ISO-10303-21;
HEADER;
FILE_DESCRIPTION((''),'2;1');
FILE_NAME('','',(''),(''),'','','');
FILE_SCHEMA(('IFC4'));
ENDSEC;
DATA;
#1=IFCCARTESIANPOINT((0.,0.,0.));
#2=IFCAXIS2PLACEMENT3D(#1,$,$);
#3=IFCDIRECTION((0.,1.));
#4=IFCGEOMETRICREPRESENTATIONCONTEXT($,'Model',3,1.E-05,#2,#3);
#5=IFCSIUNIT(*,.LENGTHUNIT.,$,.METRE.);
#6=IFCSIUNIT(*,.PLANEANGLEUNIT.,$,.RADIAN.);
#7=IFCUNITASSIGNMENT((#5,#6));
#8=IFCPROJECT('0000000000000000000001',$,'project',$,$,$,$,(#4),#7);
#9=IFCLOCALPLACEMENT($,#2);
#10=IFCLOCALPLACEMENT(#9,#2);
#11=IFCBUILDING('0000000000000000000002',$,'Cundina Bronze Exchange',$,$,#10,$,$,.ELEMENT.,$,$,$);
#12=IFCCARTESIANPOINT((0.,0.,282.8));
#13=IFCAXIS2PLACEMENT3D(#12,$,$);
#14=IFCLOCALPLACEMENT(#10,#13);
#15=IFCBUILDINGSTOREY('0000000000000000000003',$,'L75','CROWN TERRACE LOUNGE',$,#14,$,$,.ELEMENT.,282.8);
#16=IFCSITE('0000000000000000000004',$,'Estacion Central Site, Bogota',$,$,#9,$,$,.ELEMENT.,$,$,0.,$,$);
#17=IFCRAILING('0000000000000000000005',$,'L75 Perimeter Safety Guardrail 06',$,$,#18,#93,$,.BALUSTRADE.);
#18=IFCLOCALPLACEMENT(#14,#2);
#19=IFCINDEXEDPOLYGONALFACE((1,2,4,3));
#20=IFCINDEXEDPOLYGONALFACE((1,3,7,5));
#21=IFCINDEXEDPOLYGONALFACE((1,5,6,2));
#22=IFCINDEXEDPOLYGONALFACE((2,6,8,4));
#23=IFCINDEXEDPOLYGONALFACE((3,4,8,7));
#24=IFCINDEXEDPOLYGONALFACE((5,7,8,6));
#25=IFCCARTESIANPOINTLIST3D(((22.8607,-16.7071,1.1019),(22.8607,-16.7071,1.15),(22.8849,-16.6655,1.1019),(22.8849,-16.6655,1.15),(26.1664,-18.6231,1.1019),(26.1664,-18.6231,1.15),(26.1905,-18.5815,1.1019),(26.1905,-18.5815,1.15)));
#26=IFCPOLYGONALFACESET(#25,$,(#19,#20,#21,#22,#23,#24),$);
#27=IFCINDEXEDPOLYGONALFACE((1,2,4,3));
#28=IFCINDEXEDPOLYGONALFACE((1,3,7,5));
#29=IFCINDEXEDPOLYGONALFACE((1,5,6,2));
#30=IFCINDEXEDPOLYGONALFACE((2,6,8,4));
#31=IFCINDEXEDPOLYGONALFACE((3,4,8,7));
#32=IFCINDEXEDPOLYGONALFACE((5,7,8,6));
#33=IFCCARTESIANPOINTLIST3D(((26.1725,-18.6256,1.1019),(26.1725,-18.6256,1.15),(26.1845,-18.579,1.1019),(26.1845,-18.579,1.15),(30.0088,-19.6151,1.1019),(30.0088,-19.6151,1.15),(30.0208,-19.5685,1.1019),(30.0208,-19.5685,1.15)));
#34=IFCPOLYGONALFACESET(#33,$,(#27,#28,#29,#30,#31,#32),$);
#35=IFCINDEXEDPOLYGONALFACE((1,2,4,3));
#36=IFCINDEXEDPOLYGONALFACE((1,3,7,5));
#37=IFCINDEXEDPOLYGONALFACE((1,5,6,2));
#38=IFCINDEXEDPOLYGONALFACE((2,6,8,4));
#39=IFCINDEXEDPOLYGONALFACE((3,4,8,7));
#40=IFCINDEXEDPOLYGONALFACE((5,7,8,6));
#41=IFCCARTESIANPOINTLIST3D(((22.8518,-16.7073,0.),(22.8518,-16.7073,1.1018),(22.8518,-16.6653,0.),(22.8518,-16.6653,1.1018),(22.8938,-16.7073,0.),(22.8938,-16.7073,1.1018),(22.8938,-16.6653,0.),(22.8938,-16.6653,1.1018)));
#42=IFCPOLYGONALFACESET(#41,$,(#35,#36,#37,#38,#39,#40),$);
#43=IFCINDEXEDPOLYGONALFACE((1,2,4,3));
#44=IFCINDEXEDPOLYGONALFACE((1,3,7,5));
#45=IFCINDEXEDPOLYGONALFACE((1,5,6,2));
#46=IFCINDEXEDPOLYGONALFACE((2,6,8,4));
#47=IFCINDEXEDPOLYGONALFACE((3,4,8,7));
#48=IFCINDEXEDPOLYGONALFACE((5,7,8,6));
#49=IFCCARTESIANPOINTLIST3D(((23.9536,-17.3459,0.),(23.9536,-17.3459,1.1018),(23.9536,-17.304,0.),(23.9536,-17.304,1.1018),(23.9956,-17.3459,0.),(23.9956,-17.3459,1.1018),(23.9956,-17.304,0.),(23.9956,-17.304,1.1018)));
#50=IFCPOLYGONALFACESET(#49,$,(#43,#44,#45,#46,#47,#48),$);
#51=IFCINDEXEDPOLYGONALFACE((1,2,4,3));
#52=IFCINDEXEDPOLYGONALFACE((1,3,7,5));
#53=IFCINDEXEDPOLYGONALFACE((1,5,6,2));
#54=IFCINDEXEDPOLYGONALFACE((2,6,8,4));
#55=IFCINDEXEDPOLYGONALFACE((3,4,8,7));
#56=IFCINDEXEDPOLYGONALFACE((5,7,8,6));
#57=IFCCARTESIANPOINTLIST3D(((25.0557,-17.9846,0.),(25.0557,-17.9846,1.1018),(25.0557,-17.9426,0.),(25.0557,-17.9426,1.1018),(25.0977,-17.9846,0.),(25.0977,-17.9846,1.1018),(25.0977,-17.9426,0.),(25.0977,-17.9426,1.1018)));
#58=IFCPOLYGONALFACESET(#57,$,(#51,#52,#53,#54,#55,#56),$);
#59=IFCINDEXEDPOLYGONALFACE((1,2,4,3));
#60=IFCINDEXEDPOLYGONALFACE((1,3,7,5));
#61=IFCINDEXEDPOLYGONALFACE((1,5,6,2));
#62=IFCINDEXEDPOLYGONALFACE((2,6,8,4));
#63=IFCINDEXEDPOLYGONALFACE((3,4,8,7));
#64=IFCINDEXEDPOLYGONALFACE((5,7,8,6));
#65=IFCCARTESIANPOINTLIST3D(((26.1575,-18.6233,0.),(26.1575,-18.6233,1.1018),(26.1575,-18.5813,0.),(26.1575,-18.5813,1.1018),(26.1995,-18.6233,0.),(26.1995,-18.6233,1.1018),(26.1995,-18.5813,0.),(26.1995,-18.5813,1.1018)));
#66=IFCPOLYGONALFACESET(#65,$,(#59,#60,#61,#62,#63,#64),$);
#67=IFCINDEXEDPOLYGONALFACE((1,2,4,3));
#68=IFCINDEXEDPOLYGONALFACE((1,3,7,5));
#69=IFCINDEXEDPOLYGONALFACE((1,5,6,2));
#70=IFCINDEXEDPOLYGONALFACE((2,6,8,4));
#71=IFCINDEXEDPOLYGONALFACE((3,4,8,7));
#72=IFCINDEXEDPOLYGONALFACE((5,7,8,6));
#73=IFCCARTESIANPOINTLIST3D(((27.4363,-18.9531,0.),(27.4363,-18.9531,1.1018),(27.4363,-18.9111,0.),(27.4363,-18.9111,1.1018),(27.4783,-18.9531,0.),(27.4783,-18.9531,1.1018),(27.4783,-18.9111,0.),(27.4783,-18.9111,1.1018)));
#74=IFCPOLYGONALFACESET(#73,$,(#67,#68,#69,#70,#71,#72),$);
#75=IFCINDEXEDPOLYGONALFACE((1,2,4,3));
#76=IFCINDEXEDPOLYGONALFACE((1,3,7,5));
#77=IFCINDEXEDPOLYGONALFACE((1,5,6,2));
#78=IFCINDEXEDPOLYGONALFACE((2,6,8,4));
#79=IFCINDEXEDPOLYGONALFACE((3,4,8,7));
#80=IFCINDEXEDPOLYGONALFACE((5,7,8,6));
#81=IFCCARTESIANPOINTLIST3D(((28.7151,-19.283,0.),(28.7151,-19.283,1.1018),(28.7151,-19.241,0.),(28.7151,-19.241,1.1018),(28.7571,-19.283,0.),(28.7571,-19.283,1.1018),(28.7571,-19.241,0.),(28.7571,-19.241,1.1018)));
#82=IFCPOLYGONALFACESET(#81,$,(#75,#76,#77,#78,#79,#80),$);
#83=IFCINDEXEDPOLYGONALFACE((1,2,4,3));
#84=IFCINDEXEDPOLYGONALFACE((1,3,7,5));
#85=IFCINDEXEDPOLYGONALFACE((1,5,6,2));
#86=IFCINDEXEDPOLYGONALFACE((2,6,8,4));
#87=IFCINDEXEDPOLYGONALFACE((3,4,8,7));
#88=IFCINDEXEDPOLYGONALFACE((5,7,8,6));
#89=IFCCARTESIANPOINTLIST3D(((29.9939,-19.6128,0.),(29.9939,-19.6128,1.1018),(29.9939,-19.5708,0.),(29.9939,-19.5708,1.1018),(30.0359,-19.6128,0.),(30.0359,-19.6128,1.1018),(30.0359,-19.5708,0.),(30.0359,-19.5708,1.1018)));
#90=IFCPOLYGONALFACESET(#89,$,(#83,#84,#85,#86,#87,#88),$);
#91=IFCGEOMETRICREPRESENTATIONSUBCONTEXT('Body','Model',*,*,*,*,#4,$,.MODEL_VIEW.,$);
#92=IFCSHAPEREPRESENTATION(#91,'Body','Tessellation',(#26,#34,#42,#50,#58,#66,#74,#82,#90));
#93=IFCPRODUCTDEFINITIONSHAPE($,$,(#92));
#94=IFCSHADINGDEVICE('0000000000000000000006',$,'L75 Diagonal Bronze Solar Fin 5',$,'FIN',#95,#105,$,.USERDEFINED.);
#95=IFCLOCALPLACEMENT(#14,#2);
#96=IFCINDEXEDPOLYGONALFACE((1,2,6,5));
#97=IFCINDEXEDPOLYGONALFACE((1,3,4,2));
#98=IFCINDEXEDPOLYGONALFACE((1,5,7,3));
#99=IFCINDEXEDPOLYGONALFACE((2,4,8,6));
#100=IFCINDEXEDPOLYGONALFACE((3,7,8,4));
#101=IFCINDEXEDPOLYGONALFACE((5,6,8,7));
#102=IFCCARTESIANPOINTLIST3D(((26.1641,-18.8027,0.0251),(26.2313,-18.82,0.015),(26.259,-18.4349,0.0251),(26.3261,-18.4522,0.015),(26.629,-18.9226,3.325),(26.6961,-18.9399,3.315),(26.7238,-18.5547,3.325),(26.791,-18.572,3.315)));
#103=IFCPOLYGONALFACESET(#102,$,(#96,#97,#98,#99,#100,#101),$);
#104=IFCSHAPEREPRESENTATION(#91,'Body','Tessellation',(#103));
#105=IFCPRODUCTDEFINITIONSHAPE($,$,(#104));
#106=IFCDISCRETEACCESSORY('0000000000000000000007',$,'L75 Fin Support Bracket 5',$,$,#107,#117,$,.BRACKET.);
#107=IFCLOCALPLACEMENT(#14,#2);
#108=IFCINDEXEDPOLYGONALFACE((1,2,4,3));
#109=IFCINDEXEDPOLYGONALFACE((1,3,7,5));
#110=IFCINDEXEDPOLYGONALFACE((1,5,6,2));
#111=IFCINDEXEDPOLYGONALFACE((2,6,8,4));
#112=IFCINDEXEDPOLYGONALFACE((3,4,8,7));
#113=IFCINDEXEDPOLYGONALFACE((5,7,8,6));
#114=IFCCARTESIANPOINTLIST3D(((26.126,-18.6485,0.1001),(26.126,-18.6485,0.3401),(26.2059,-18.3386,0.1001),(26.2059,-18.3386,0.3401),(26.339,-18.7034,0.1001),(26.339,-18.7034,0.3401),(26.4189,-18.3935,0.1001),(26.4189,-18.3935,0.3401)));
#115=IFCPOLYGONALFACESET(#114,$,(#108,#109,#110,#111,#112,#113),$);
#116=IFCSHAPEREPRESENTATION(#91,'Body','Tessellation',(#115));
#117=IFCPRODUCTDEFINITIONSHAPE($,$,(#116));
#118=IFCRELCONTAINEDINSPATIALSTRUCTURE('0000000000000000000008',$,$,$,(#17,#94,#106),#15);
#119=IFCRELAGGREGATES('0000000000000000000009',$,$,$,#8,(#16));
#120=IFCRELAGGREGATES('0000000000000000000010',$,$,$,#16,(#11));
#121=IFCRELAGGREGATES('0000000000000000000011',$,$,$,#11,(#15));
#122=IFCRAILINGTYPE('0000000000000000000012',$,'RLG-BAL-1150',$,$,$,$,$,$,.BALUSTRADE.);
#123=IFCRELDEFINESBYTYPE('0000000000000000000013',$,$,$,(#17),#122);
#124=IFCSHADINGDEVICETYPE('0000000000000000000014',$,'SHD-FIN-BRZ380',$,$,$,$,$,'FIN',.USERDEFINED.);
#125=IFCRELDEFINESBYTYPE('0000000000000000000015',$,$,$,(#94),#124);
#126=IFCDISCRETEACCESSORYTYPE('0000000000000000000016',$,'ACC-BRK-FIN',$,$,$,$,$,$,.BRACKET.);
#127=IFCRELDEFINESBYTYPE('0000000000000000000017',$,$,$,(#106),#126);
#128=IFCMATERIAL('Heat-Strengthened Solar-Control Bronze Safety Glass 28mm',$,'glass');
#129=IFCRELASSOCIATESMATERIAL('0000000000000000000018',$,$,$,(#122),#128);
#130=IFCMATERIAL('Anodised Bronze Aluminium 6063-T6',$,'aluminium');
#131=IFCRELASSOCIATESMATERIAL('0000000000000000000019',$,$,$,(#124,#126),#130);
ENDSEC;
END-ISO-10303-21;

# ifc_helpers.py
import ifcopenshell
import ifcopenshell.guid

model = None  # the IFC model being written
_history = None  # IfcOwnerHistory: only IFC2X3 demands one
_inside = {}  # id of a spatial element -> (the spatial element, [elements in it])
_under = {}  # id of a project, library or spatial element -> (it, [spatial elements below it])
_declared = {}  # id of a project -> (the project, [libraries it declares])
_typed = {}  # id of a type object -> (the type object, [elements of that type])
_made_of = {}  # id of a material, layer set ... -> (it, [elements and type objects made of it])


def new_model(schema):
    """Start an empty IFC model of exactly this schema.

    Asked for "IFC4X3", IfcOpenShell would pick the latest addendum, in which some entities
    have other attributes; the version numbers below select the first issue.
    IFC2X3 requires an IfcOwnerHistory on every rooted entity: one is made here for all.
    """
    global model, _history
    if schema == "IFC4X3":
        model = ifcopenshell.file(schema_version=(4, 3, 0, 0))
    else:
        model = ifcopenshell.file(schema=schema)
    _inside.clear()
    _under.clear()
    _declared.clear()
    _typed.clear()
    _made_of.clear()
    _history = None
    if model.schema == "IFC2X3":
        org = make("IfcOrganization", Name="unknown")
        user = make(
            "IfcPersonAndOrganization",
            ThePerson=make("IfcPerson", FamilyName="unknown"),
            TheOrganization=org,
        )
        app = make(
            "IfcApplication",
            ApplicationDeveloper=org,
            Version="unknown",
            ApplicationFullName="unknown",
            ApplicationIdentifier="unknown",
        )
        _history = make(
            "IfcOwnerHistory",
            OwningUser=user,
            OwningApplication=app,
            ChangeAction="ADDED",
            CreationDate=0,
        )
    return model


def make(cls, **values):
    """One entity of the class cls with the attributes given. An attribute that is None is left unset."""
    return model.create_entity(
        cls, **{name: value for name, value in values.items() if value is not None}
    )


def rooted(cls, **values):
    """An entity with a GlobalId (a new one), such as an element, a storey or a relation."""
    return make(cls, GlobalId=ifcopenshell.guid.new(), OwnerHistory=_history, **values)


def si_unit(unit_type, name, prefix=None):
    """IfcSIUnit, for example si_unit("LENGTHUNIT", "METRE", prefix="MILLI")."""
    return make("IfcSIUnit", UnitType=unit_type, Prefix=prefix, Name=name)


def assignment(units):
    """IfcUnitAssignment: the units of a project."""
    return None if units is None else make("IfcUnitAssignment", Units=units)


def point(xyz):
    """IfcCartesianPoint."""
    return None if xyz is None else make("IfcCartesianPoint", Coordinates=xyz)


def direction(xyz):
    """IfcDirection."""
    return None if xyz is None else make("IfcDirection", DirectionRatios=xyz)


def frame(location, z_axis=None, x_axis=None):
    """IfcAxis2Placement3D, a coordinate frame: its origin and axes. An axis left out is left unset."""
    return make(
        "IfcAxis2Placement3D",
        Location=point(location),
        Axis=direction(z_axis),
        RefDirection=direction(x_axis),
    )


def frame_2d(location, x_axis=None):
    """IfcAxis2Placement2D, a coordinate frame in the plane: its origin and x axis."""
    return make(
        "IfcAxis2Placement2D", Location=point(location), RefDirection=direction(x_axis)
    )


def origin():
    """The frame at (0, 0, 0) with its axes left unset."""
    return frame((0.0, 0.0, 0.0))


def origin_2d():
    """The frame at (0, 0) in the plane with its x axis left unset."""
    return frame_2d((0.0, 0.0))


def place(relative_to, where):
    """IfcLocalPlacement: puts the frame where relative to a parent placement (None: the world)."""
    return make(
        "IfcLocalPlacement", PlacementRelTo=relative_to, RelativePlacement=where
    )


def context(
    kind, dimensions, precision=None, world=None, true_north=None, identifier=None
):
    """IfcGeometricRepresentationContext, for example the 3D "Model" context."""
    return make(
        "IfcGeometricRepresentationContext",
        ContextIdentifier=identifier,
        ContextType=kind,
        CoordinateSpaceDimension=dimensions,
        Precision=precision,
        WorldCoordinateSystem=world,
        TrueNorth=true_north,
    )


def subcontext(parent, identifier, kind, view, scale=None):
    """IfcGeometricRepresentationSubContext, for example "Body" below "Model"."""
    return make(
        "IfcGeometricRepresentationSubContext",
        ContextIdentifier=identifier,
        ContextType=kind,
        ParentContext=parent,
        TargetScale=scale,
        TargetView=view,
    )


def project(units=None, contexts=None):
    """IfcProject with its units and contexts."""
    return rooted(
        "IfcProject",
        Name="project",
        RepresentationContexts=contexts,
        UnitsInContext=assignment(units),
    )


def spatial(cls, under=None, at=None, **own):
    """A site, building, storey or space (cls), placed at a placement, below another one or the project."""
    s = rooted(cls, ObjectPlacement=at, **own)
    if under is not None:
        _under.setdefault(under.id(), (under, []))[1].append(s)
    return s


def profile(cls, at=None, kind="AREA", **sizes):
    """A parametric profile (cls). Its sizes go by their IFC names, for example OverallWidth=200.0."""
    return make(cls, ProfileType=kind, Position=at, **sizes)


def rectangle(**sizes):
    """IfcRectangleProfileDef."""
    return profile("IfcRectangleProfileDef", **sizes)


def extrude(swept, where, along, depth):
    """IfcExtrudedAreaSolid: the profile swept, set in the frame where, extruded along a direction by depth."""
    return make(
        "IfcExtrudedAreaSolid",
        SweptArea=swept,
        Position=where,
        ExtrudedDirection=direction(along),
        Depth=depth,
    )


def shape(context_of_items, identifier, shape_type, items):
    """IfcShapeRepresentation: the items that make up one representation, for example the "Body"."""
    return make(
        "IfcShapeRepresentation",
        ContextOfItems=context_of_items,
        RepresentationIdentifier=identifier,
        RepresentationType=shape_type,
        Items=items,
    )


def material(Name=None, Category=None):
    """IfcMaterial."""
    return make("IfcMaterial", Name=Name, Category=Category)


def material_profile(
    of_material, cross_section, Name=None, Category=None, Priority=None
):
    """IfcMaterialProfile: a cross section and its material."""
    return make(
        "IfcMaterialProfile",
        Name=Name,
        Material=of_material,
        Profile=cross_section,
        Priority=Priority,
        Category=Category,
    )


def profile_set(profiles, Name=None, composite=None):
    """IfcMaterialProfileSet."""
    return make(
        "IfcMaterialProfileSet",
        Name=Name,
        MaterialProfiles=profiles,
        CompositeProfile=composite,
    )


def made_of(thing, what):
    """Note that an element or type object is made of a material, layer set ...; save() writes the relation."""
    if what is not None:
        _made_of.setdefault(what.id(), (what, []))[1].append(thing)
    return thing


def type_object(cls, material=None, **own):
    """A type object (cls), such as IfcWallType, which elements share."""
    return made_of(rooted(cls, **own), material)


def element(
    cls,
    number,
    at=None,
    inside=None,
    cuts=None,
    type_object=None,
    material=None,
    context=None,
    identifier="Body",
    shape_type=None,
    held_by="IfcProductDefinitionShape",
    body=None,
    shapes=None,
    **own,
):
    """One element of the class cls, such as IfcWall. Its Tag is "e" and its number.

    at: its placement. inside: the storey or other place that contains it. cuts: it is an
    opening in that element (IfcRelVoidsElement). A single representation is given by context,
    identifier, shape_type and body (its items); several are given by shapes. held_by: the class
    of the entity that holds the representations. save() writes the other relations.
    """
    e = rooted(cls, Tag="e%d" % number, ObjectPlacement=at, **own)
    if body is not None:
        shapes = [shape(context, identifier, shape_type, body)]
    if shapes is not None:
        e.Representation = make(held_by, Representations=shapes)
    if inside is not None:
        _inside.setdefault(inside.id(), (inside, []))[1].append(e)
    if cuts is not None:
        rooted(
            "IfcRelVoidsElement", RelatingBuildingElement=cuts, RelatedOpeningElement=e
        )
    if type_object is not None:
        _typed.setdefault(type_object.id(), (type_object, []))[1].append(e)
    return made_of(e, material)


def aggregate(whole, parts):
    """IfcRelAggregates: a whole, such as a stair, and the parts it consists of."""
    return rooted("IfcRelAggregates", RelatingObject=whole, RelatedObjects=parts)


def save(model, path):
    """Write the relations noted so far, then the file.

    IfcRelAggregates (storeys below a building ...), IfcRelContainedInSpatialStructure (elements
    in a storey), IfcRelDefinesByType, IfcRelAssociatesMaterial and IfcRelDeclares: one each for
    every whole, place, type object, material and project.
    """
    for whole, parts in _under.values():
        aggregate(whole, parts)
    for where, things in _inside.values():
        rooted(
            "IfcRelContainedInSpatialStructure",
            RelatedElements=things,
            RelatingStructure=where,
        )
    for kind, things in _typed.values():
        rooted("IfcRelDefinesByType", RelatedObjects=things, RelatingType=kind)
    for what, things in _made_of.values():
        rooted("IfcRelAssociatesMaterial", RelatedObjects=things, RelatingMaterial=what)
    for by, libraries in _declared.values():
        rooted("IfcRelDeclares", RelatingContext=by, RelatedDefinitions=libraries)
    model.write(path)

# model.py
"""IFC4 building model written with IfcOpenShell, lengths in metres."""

from ifc_helpers import new_model, si_unit, direction, frame, origin, origin_2d, place, context, subcontext, project, spatial, rectangle, extrude, material, material_profile, profile_set, type_object, element, save


model = new_model("IFC4")

# Units and contexts
model_context = context("Model", 3, precision=1e-05, world=origin(), true_north=direction((0.0, 1.0)))
body_context = subcontext(model_context, "Body", "Model", "MODEL_VIEW")
ifc_project = project(units=[si_unit("LENGTHUNIT", "METRE"), si_unit("PLANEANGLEUNIT", "RADIAN")], contexts=[model_context])

# Site, building, storey
site_placement = place(None, origin())
site = spatial("IfcSite", under=ifc_project, at=site_placement, Name="Estacion Central Site, Bogota", CompositionType="ELEMENT", RefElevation=0.0)
building_placement = place(site_placement, origin())
building = spatial("IfcBuilding", under=site, at=building_placement, Name="Cundina Bronze Exchange", CompositionType="ELEMENT")
storey_placement = place(building_placement, frame((0.0, 0.0, 282.8)))
storey = spatial("IfcBuildingStorey", under=building, at=storey_placement, Name="L75", Description="CROWN TERRACE LOUNGE", CompositionType="ELEMENT", Elevation=282.8)

# Shared definitions
ifc_material_1 = material(Name="Anodised Bronze Aluminium 6063-T6", Category="aluminium")

# Railing
ifc_material_2 = material(Name="Heat-Strengthened Solar-Control Bronze Safety Glass 28mm", Category="glass")
railing_type = type_object("IfcRailingType", Name="RLG-BAL-1150", PredefinedType="BALUSTRADE", material=ifc_material_2)
railing_1_placement = place(storey_placement, frame((22.8728, -16.6863, 0.0)))
element("IfcRailing", 1, at=railing_1_placement, inside=storey, type_object=railing_type, Name="L75 Perimeter Safety Guardrail 06", PredefinedType="BALUSTRADE", context=body_context, shape_type="SweptSolid", body=[
    extrude(rectangle(XDim=0.0481, YDim=0.0481, at=origin_2d()), frame((0.0, 0.0, 1.126), z_axis=(0.865175, -0.501469, 0.0), x_axis=(0.501469, 0.865175, 0.0)), (0.0, 0.0, 1.0), 3.8208),
    extrude(rectangle(XDim=0.0481, YDim=0.0481, at=origin_2d()), frame((3.3057, -1.916, 1.126), z_axis=(0.968311, -0.249749, 0.0), x_axis=(0.249749, 0.968311, 0.0)), (0.0, 0.0, 1.0), 3.9619),
    extrude(rectangle(XDim=0.042, YDim=0.042, at=origin_2d()), origin(), (0.0, 0.0, 1.0), 1.1018),
    extrude(rectangle(XDim=0.042, YDim=0.042, at=origin_2d()), frame((1.1018, -0.6387, 0.0)), (0.0, 0.0, 1.0), 1.1018),
    extrude(rectangle(XDim=0.042, YDim=0.042, at=origin_2d()), frame((2.2039, -1.2773, 0.0)), (0.0, 0.0, 1.0), 1.1018),
    extrude(rectangle(XDim=0.042, YDim=0.042, at=origin_2d()), frame((3.3057, -1.916, 0.0)), (0.0, 0.0, 1.0), 1.1018),
    extrude(rectangle(XDim=0.042, YDim=0.042, at=origin_2d()), frame((4.5845, -2.2458, 0.0)), (0.0, 0.0, 1.0), 1.1018),
    extrude(rectangle(XDim=0.042, YDim=0.042, at=origin_2d()), frame((5.8633, -2.5757, 0.0)), (0.0, 0.0, 1.0), 1.1018),
    extrude(rectangle(XDim=0.042, YDim=0.042, at=origin_2d()), frame((7.1421, -2.9055, 0.0)), (0.0, 0.0, 1.0), 1.1018),
])

# Shading device
ifc_material_profile_1 = material_profile(ifc_material_1, rectangle(XDim=0.0701, YDim=0.3799, at=origin_2d()), Name="FIN70X380", Category="aluminium")
ifc_profile_set_1 = profile_set([ifc_material_profile_1], Name="Anodised Bronze Aluminium 6063-T6")
shading_device_type = type_object("IfcShadingDeviceType", Name="SHD-FIN-BRZ380", ElementType="FIN", PredefinedType="USERDEFINED", material=ifc_profile_set_1)
shading_device_placement = place(storey_placement, frame((26.2451, -18.6274, 0.02), z_axis=(0.139393, -0.035946, 0.989585), x_axis=(-0.958235, 0.247108, 0.143953)))
element("IfcShadingDevice", 2, at=shading_device_placement, inside=storey, type_object=shading_device_type, Name="L75 Diagonal Bronze Solar Fin 5", ObjectType="FIN", PredefinedType="USERDEFINED", context=body_context, shape_type="SweptSolid", body=[
    extrude(rectangle(XDim=0.0701, YDim=0.3799, at=origin_2d()), origin(), (0.0, 0.0, 1.0), 3.3347),
])

# Discrete accessory
discrete_accessory_type = type_object("IfcDiscreteAccessoryType", Name="ACC-BRK-FIN", PredefinedType="BRACKET", material=ifc_material_1)
discrete_accessory_placement = place(storey_placement, frame((26.2725, -18.521, 0.1001), z_axis=(0.0, 0.0, 1.0), x_axis=(0.968309, -0.249755, 0.0)))
element("IfcDiscreteAccessory", 3, at=discrete_accessory_placement, inside=storey, type_object=discrete_accessory_type, Name="L75 Fin Support Bracket 5", PredefinedType="BRACKET", context=body_context, shape_type="SweptSolid", body=[
    extrude(rectangle(XDim=0.22, YDim=0.3201, at=origin_2d()), origin(), (0.0, 0.0, 1.0), 0.24),
])

save(model, "model.ifc")
